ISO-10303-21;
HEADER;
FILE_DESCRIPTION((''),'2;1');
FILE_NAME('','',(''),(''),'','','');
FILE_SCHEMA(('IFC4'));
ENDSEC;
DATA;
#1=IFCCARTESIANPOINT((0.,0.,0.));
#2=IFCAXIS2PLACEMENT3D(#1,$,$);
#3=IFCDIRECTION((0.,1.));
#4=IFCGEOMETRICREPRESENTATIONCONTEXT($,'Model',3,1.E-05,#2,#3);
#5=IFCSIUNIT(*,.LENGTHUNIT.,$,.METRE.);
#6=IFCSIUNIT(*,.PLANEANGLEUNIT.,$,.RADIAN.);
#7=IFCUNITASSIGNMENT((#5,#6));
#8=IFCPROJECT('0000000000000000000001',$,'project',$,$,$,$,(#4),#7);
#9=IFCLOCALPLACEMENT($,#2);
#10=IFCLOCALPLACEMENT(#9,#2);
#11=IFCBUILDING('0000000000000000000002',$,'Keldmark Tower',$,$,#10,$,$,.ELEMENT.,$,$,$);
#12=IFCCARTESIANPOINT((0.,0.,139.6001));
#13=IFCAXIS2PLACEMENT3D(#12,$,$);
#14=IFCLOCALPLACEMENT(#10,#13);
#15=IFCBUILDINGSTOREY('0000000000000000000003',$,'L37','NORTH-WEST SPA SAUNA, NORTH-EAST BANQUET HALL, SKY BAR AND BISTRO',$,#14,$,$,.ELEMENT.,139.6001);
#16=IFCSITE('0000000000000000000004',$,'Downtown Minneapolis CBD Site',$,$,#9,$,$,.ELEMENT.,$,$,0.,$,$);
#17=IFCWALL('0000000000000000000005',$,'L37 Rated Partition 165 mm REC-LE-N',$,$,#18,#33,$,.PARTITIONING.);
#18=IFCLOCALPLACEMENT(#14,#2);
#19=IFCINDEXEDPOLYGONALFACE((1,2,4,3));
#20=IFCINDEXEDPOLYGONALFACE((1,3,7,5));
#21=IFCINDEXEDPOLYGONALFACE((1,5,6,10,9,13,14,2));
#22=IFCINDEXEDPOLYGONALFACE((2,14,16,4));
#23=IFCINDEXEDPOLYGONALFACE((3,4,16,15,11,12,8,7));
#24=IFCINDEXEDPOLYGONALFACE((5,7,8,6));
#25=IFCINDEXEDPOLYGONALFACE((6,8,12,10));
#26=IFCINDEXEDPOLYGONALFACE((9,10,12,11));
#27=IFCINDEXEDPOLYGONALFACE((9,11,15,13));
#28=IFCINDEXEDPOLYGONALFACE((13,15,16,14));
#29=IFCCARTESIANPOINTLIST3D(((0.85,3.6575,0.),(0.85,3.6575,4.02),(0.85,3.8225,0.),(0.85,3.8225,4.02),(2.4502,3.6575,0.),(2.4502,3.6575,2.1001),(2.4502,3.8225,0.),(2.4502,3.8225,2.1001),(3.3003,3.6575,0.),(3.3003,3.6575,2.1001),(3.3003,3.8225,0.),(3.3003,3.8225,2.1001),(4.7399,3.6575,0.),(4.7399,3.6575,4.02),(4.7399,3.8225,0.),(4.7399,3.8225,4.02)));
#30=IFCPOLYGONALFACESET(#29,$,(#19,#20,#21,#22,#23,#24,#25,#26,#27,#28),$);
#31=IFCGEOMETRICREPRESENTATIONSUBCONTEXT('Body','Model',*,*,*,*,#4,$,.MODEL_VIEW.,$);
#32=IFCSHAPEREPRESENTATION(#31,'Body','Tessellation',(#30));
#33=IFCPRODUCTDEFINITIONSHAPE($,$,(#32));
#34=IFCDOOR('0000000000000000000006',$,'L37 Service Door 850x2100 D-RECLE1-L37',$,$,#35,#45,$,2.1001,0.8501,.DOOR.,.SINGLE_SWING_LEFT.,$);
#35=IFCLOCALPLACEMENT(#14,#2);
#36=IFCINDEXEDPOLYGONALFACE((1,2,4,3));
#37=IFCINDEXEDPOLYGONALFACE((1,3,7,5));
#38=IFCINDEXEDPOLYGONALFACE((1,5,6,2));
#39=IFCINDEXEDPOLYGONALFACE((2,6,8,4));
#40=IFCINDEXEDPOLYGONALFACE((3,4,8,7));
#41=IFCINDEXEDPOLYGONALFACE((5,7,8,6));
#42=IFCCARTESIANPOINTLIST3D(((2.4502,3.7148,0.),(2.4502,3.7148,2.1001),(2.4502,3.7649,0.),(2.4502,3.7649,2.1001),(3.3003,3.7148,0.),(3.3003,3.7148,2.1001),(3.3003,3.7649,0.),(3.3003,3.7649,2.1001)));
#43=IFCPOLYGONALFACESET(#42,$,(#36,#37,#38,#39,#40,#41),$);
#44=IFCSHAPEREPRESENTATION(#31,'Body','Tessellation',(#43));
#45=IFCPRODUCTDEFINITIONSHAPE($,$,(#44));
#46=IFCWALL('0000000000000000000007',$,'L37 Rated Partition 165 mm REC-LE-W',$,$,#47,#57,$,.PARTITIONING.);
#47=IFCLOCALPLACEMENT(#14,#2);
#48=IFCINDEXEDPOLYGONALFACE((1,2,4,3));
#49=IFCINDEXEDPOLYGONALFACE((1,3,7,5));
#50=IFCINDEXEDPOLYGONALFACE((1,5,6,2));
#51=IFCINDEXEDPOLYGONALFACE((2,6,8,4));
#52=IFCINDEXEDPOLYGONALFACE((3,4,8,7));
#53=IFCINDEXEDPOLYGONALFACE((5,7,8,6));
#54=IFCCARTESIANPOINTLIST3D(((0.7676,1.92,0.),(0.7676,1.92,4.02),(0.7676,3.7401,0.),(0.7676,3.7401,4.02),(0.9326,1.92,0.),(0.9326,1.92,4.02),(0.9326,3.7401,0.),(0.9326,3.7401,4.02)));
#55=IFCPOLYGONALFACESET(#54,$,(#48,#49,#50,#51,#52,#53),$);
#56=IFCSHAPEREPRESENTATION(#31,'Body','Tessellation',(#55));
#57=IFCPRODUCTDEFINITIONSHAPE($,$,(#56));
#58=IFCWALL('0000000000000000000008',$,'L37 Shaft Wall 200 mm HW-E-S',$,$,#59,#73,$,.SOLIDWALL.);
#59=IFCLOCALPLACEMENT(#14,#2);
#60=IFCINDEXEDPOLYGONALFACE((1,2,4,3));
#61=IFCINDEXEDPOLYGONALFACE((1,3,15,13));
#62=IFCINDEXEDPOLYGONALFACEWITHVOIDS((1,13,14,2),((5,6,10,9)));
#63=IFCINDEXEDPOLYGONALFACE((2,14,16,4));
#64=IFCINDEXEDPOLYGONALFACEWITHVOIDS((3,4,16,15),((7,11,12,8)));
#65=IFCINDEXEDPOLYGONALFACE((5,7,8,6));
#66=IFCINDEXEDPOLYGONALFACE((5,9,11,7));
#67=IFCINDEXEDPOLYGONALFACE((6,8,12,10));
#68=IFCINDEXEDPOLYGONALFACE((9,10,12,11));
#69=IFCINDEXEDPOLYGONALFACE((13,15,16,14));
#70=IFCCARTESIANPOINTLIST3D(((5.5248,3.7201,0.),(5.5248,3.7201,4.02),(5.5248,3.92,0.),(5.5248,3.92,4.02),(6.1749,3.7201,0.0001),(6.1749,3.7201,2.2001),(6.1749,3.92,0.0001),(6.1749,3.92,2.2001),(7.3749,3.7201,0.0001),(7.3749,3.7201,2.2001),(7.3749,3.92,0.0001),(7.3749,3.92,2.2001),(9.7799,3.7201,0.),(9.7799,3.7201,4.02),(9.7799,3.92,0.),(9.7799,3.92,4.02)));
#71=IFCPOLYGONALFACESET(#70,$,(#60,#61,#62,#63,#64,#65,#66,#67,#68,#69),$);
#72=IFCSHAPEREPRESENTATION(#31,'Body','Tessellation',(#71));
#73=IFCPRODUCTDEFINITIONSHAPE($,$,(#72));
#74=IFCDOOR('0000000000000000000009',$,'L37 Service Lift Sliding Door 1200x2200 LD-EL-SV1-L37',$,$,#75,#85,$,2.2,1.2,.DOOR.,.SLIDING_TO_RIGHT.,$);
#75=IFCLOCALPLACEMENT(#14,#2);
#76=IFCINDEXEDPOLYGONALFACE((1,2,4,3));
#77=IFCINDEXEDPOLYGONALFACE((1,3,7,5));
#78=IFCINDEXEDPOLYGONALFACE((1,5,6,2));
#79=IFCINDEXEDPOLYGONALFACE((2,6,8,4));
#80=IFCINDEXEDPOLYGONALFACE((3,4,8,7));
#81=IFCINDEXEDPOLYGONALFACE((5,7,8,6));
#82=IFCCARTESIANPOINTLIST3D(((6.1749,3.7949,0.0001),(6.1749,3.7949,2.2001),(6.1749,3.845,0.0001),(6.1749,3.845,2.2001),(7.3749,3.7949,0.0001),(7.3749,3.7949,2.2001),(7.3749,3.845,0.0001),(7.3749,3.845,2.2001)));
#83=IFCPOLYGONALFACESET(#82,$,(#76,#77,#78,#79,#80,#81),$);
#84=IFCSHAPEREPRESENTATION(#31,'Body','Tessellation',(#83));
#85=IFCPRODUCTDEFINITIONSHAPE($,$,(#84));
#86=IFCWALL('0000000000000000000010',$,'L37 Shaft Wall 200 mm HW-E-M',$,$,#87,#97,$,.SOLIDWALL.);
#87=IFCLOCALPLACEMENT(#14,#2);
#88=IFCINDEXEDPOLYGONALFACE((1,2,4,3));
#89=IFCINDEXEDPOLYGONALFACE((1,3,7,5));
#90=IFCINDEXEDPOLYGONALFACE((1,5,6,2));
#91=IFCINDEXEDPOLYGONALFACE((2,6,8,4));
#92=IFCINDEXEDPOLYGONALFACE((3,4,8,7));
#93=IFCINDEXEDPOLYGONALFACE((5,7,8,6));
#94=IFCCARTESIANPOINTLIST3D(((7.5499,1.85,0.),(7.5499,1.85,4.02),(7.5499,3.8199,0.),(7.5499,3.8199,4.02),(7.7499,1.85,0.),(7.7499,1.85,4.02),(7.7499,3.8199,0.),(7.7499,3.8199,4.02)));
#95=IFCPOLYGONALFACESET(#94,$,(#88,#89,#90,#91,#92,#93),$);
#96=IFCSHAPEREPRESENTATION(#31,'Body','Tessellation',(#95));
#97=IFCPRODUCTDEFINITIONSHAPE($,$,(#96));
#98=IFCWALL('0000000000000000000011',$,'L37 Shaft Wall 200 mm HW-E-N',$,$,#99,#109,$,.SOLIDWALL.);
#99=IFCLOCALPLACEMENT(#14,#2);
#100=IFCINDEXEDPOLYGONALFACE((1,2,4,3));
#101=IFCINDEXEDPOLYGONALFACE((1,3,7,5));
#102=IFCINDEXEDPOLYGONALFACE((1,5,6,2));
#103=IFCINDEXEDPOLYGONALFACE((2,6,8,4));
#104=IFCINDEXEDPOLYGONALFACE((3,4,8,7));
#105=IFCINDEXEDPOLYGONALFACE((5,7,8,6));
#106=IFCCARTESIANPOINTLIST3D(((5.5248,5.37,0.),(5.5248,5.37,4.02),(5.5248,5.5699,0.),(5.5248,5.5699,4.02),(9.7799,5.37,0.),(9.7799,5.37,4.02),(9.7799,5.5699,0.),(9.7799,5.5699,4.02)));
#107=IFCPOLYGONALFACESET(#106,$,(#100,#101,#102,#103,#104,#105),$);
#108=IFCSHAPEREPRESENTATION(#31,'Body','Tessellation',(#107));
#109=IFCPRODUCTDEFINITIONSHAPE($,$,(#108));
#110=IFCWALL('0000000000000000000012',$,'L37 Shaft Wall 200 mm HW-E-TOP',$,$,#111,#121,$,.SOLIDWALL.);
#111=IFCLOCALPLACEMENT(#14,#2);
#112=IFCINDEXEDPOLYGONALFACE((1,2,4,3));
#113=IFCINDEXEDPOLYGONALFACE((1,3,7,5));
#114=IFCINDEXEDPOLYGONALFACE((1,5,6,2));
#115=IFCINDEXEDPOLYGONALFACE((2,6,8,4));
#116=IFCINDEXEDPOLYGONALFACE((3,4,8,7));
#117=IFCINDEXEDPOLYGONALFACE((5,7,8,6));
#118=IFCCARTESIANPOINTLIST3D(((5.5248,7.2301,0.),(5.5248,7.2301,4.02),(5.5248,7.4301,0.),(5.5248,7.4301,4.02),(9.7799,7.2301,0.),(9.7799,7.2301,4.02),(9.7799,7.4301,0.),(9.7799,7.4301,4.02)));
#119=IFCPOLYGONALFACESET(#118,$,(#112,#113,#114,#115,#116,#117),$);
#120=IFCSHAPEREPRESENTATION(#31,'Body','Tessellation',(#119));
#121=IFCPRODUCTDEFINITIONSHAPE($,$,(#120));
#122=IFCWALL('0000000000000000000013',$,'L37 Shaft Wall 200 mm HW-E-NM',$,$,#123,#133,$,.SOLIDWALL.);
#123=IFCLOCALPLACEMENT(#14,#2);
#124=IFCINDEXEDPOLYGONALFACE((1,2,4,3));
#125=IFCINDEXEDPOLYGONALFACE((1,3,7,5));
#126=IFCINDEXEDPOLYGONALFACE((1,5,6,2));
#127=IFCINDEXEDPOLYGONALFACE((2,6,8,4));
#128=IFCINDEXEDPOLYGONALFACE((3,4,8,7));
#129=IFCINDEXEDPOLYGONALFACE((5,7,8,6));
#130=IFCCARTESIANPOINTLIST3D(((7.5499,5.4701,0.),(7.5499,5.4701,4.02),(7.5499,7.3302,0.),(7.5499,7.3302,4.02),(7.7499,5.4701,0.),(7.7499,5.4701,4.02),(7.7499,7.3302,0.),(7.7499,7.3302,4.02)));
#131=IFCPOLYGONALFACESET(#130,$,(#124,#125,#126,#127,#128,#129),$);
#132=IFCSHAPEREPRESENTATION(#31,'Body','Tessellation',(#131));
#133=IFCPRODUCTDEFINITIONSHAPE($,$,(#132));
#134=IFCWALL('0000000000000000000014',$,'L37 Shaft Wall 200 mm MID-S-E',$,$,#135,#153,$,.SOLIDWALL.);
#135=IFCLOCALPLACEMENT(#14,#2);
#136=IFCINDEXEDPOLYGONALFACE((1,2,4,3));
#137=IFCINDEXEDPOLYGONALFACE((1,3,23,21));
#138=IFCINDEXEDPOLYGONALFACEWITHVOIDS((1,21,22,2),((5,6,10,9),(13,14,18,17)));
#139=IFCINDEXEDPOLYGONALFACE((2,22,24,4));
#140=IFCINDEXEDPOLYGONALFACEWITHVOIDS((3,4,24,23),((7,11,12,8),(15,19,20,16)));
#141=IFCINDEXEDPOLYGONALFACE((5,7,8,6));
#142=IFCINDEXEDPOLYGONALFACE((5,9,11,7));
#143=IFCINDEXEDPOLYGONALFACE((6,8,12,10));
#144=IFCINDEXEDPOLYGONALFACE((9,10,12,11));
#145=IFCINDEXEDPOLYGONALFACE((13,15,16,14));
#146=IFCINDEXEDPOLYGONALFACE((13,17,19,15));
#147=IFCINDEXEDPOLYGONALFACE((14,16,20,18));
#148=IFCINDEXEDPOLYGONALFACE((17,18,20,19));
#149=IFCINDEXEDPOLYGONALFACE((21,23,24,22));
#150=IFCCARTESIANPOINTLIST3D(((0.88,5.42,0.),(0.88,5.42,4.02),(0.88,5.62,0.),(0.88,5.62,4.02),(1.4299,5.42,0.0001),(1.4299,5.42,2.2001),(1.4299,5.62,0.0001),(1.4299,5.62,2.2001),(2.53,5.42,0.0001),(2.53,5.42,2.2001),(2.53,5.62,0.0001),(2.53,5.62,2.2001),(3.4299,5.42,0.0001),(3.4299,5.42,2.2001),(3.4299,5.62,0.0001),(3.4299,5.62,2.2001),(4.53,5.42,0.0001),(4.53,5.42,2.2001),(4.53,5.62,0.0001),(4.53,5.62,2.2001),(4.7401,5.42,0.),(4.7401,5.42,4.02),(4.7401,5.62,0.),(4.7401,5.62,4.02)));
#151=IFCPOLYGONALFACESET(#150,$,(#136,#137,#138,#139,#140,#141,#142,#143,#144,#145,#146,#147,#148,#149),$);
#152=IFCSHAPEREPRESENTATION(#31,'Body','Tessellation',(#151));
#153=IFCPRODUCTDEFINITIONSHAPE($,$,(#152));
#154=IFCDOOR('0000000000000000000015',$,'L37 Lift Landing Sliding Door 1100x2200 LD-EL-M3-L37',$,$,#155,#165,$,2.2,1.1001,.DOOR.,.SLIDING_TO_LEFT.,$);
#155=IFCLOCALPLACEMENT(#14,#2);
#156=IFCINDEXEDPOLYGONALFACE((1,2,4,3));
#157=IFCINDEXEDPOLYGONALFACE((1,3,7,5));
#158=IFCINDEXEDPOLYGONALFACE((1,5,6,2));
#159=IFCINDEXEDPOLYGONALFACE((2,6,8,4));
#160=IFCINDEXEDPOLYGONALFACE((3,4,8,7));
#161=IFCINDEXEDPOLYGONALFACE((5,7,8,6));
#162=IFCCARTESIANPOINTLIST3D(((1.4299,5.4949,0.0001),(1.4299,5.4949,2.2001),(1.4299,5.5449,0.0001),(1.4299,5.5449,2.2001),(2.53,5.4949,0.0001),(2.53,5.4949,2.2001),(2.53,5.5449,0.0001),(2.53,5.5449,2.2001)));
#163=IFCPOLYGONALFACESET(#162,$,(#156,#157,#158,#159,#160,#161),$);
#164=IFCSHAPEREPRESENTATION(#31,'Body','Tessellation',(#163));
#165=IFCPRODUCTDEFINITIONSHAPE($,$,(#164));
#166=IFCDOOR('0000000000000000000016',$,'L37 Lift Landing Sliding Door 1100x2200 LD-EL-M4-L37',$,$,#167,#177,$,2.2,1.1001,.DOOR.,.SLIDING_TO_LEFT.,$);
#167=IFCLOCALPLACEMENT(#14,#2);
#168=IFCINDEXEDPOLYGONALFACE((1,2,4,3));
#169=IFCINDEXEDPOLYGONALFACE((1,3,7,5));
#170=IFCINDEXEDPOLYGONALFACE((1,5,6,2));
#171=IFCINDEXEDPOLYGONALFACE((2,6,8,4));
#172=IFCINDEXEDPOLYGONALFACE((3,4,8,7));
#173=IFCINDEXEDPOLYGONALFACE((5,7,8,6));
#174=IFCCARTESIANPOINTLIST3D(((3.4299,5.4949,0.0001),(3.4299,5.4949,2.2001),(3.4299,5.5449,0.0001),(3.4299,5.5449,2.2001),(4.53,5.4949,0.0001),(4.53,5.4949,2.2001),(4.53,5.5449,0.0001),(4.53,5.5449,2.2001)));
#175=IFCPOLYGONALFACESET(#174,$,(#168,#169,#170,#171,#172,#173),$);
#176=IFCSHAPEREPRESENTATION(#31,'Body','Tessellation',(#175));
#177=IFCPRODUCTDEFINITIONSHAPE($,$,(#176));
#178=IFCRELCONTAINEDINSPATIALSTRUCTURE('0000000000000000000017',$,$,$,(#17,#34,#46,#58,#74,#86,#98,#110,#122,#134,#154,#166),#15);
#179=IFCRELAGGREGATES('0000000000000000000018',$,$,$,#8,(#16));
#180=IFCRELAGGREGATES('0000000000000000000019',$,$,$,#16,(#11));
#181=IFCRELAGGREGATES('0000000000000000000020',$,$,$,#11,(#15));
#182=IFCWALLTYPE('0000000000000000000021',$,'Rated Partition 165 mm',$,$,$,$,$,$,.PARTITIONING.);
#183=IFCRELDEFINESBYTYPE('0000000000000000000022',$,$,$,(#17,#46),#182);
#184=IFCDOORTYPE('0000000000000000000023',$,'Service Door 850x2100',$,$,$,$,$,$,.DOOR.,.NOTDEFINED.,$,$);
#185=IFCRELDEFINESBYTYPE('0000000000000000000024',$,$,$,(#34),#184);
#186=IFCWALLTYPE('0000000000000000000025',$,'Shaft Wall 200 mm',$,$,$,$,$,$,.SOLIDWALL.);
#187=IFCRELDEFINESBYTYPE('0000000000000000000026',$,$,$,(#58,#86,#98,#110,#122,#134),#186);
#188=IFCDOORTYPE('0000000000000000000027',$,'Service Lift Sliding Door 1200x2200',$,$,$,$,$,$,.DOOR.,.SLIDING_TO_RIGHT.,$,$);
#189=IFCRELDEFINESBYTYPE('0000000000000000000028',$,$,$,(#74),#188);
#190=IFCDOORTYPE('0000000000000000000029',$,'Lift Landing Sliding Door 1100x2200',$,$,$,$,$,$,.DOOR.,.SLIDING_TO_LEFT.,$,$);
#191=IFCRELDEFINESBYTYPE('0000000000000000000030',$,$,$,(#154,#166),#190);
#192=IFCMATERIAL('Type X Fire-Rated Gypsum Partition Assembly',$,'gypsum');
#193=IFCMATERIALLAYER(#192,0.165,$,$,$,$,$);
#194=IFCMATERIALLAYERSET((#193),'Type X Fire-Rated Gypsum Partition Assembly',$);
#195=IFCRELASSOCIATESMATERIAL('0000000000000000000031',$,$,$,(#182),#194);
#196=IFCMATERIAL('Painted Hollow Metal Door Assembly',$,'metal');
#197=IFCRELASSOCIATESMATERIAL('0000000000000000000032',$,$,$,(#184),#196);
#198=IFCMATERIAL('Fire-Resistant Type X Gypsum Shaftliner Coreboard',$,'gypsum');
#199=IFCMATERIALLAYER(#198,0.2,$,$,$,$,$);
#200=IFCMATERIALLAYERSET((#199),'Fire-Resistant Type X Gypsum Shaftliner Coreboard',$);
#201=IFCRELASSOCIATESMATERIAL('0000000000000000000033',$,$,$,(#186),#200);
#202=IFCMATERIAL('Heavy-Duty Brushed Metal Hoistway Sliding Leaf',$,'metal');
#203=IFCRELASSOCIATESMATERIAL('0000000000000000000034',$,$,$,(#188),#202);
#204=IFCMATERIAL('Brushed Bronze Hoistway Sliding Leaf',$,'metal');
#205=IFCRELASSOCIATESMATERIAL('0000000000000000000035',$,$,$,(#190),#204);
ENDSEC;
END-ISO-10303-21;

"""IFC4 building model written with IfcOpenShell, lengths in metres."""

from ifc_helpers import new_model, si_unit, direction, frame, frame_2d, origin, place, context, subcontext, project, spatial, rectangle, extrude, material, layer, layer_set, type_object, element, fill, save


model = new_model("IFC4")

# Units and contexts
model_context = context("Model", 3, precision=1e-05, world=origin(), true_north=direction((0.0, 1.0)))
body_context = subcontext(model_context, "Body", "Model", "MODEL_VIEW")
ifc_project = project(units=[si_unit("LENGTHUNIT", "METRE"), si_unit("PLANEANGLEUNIT", "RADIAN")], contexts=[model_context])

# Site, building, storey
site_placement = place(None, origin())
site = spatial("IfcSite", under=ifc_project, at=site_placement, Name="Downtown Minneapolis CBD Site", CompositionType="ELEMENT", RefElevation=0.0)
building_placement = place(site_placement, origin())
building = spatial("IfcBuilding", under=site, at=building_placement, Name="Keldmark Tower", CompositionType="ELEMENT")
storey_placement = place(building_placement, frame((0.0, 0.0, 139.6001)))
storey = spatial("IfcBuildingStorey", under=building, at=storey_placement, Name="L37", Description="NORTH-WEST SPA SAUNA, NORTH-EAST BANQUET HALL, SKY BAR AND BISTRO", CompositionType="ELEMENT", Elevation=139.6001)

# Shared definitions
ifc_material_1 = material(Name="Type X Fire-Rated Gypsum Partition Assembly", Category="gypsum")
ifc_layer_1 = layer(ifc_material_1, 0.165)
ifc_layer_set_1 = layer_set([ifc_layer_1], Name="Type X Fire-Rated Gypsum Partition Assembly")
wall_type_1 = type_object("IfcWallType", Name="Rated Partition 165 mm", PredefinedType="PARTITIONING", material=ifc_layer_set_1)

# Wall, opening, door
wall_1_placement = place(storey_placement, frame((0.8501, 3.74, 0.0), z_axis=(0.0, 0.0, 1.0), x_axis=(1.0, 0.0, 0.0)))
wall_1 = element("IfcWall", 1, at=wall_1_placement, inside=storey, type_object=wall_type_1, Name="L37 Rated Partition 165 mm REC-LE-N", PredefinedType="PARTITIONING", context=body_context, shape_type="SweptSolid", body=[
    extrude(rectangle(XDim=3.8899, YDim=0.165, at=frame_2d((1.9448, 0.0))), origin(), (0.0, 0.0, 1.0), 4.02),
])
opening_1_placement = place(wall_1_placement, frame((1.6001, 0.0, 0.0)))
opening_1 = element("IfcOpeningElement", 2, at=opening_1_placement, cuts=wall_1, PredefinedType="OPENING", context=body_context, shape_type="SweptSolid", body=[
    extrude(rectangle(XDim=0.8501, YDim=2.1001, at=frame_2d((0.425, 1.05))), frame((0.0, 0.0925, 0.0), z_axis=(0.0, -1.0, 0.0), x_axis=(1.0, 0.0, 0.0)), (0.0, 0.0, 1.0), 0.1851),
])
ifc_material_2 = material(Name="Painted Hollow Metal Door Assembly", Category="metal")
door_type_1 = type_object("IfcDoorType", Name="Service Door 850x2100", OperationType="NOTDEFINED", PredefinedType="DOOR", material=ifc_material_2)
door_1_placement = place(opening_1_placement, origin())
door_1 = element("IfcDoor", 3, at=door_1_placement, inside=storey, type_object=door_type_1, Name="L37 Service Door 850x2100 D-RECLE1-L37", OperationType="SINGLE_SWING_LEFT", OverallHeight=2.1001, OverallWidth=0.8501, PredefinedType="DOOR", context=body_context, shape_type="SweptSolid", body=[
    extrude(rectangle(XDim=0.8501, YDim=2.1001, at=frame_2d((0.425, 1.05))), frame((0.0, 0.0249, 0.0), z_axis=(0.0, -1.0, 0.0), x_axis=(1.0, 0.0, 0.0)), (0.0, 0.0, 1.0), 0.05),
])
fill(opening_1, door_1)

# Wall
wall_2_placement = place(storey_placement, frame((0.8501, 1.9199, 0.0), z_axis=(0.0, 0.0, 1.0), x_axis=(0.0, 1.0, 0.0)))
element("IfcWall", 4, at=wall_2_placement, inside=storey, type_object=wall_type_1, Name="L37 Rated Partition 165 mm REC-LE-W", PredefinedType="PARTITIONING", context=body_context, shape_type="SweptSolid", body=[
    extrude(rectangle(XDim=1.8201, YDim=0.165, at=frame_2d((0.9102, 0.0))), origin(), (0.0, 0.0, 1.0), 4.02),
])

# Wall, opening, door
ifc_material_3 = material(Name="Fire-Resistant Type X Gypsum Shaftliner Coreboard", Category="gypsum")
ifc_layer_2 = layer(ifc_material_3, 0.2)
ifc_layer_set_2 = layer_set([ifc_layer_2], Name="Fire-Resistant Type X Gypsum Shaftliner Coreboard")
wall_type_2 = type_object("IfcWallType", Name="Shaft Wall 200 mm", PredefinedType="SOLIDWALL", material=ifc_layer_set_2)
wall_3_placement = place(storey_placement, frame((5.5249, 3.8201, 0.0), z_axis=(0.0, 0.0, 1.0), x_axis=(1.0, 0.0, 0.0)))
wall_3 = element("IfcWall", 5, at=wall_3_placement, inside=storey, type_object=wall_type_2, Name="L37 Shaft Wall 200 mm HW-E-S", PredefinedType="SOLIDWALL", context=body_context, shape_type="SweptSolid", body=[
    extrude(rectangle(XDim=4.2551, YDim=0.2, at=frame_2d((2.1274, 0.0))), origin(), (0.0, 0.0, 1.0), 4.02),
])
opening_2_placement = place(wall_3_placement, frame((0.6499, 0.0, 0.0)))
opening_2 = element("IfcOpeningElement", 6, at=opening_2_placement, cuts=wall_3, PredefinedType="OPENING", context=body_context, shape_type="SweptSolid", body=[
    extrude(rectangle(XDim=1.2, YDim=2.2, at=frame_2d((0.6001, 1.1001))), frame((0.0, 0.1099, 0.0), z_axis=(0.0, -1.0, 0.0), x_axis=(1.0, 0.0, 0.0)), (0.0, 0.0, 1.0), 0.22),
])
ifc_material_4 = material(Name="Heavy-Duty Brushed Metal Hoistway Sliding Leaf", Category="metal")
door_type_2 = type_object("IfcDoorType", Name="Service Lift Sliding Door 1200x2200", OperationType="SLIDING_TO_RIGHT", PredefinedType="DOOR", material=ifc_material_4)
door_2_placement = place(opening_2_placement, origin())
door_2 = element("IfcDoor", 7, at=door_2_placement, inside=storey, type_object=door_type_2, Name="L37 Service Lift Sliding Door 1200x2200 LD-EL-SV1-L37", OperationType="SLIDING_TO_RIGHT", OverallHeight=2.2, OverallWidth=1.2, PredefinedType="DOOR", context=body_context, shape_type="SweptSolid", body=[
    extrude(rectangle(XDim=1.2, YDim=2.2, at=frame_2d((0.6001, 1.1001))), frame((0.0, 0.0249, 0.0), z_axis=(0.0, -1.0, 0.0), x_axis=(1.0, 0.0, 0.0)), (0.0, 0.0, 1.0), 0.05),
])
fill(opening_2, door_2)

# Walls
wall_4_placement = place(storey_placement, frame((7.6499, 1.8501, 0.0), z_axis=(0.0, 0.0, 1.0), x_axis=(0.0, 1.0, 0.0)))
element("IfcWall", 8, at=wall_4_placement, inside=storey, type_object=wall_type_2, Name="L37 Shaft Wall 200 mm HW-E-M", PredefinedType="SOLIDWALL", context=body_context, shape_type="SweptSolid", body=[
    extrude(rectangle(XDim=1.97, YDim=0.2, at=frame_2d((0.9849, 0.0))), origin(), (0.0, 0.0, 1.0), 4.02),
])
for number, where, z_axis, x_axis, name in (
    (9, (5.5249, 5.47, 0.0), (0.0, 0.0, 1.0), (1.0, 0.0, 0.0), "L37 Shaft Wall 200 mm HW-E-N"),
    (10, (5.5249, 7.3301, 0.0), (0.0, 0.0, 1.0), (1.0, 0.0, 0.0), "L37 Shaft Wall 200 mm HW-E-TOP"),
):
    element("IfcWall", number, at=place(storey_placement, frame(where, z_axis=z_axis, x_axis=x_axis)), inside=storey, type_object=wall_type_2, Name=name, PredefinedType="SOLIDWALL", context=body_context, shape_type="SweptSolid", body=[
        extrude(rectangle(XDim=4.2551, YDim=0.2, at=frame_2d((2.1274, 0.0))), origin(), (0.0, 0.0, 1.0), 4.02),
    ])
wall_5_placement = place(storey_placement, frame((7.6499, 5.47, 0.0), z_axis=(0.0, 0.0, 1.0), x_axis=(0.0, 1.0, 0.0)))
element("IfcWall", 11, at=wall_5_placement, inside=storey, type_object=wall_type_2, Name="L37 Shaft Wall 200 mm HW-E-NM", PredefinedType="SOLIDWALL", context=body_context, shape_type="SweptSolid", body=[
    extrude(rectangle(XDim=1.8601, YDim=0.2, at=frame_2d((0.9302, 0.0))), origin(), (0.0, 0.0, 1.0), 4.02),
])

# Wall, openings, doors
wall_6_placement = place(storey_placement, frame((0.8799, 5.52, 0.0), z_axis=(0.0, 0.0, 1.0), x_axis=(1.0, 0.0, 0.0)))
wall_6 = element("IfcWall", 12, at=wall_6_placement, inside=storey, type_object=wall_type_2, Name="L37 Shaft Wall 200 mm MID-S-E", PredefinedType="SOLIDWALL", context=body_context, shape_type="SweptSolid", body=[
    extrude(rectangle(XDim=3.8601, YDim=0.2, at=frame_2d((1.9302, 0.0))), origin(), (0.0, 0.0, 1.0), 4.02),
])
opening_3_placement = place(wall_6_placement, frame((0.55, 0.0, 0.0)))
opening_3 = element("IfcOpeningElement", 13, at=opening_3_placement, cuts=wall_6, PredefinedType="OPENING", context=body_context, shape_type="SweptSolid", body=[
    extrude(rectangle(XDim=1.1001, YDim=2.2, at=frame_2d((0.55, 1.1001))), frame((0.0, 0.1099, 0.0), z_axis=(0.0, -1.0, 0.0), x_axis=(1.0, 0.0, 0.0)), (0.0, 0.0, 1.0), 0.22),
])
opening_4_placement = place(wall_6_placement, frame((2.55, 0.0, 0.0)))
opening_4 = element("IfcOpeningElement", 14, at=opening_4_placement, cuts=wall_6, PredefinedType="OPENING", context=body_context, shape_type="SweptSolid", body=[
    extrude(rectangle(XDim=1.1001, YDim=2.2, at=frame_2d((0.55, 1.1001))), frame((0.0, 0.1099, 0.0), z_axis=(0.0, -1.0, 0.0), x_axis=(1.0, 0.0, 0.0)), (0.0, 0.0, 1.0), 0.22),
])
ifc_material_5 = material(Name="Brushed Bronze Hoistway Sliding Leaf", Category="metal")
door_type_3 = type_object("IfcDoorType", Name="Lift Landing Sliding Door 1100x2200", OperationType="SLIDING_TO_LEFT", PredefinedType="DOOR", material=ifc_material_5)
door_3_placement = place(opening_3_placement, origin())
door_3 = element("IfcDoor", 15, at=door_3_placement, inside=storey, type_object=door_type_3, Name="L37 Lift Landing Sliding Door 1100x2200 LD-EL-M3-L37", OperationType="SLIDING_TO_LEFT", OverallHeight=2.2, OverallWidth=1.1001, PredefinedType="DOOR", context=body_context, shape_type="SweptSolid", body=[
    extrude(rectangle(XDim=1.1001, YDim=2.2, at=frame_2d((0.55, 1.1001))), frame((0.0, 0.0249, 0.0), z_axis=(0.0, -1.0, 0.0), x_axis=(1.0, 0.0, 0.0)), (0.0, 0.0, 1.0), 0.05),
])
fill(opening_3, door_3)
door_4_placement = place(opening_4_placement, origin())
door_4 = element("IfcDoor", 16, at=door_4_placement, inside=storey, type_object=door_type_3, Name="L37 Lift Landing Sliding Door 1100x2200 LD-EL-M4-L37", OperationType="SLIDING_TO_LEFT", OverallHeight=2.2, OverallWidth=1.1001, PredefinedType="DOOR", context=body_context, shape_type="SweptSolid", body=[
    extrude(rectangle(XDim=1.1001, YDim=2.2, at=frame_2d((0.55, 1.1001))), frame((0.0, 0.0249, 0.0), z_axis=(0.0, -1.0, 0.0), x_axis=(1.0, 0.0, 0.0)), (0.0, 0.0, 1.0), 0.05),
])
fill(opening_4, door_4)

save(model, "model.ifc")
